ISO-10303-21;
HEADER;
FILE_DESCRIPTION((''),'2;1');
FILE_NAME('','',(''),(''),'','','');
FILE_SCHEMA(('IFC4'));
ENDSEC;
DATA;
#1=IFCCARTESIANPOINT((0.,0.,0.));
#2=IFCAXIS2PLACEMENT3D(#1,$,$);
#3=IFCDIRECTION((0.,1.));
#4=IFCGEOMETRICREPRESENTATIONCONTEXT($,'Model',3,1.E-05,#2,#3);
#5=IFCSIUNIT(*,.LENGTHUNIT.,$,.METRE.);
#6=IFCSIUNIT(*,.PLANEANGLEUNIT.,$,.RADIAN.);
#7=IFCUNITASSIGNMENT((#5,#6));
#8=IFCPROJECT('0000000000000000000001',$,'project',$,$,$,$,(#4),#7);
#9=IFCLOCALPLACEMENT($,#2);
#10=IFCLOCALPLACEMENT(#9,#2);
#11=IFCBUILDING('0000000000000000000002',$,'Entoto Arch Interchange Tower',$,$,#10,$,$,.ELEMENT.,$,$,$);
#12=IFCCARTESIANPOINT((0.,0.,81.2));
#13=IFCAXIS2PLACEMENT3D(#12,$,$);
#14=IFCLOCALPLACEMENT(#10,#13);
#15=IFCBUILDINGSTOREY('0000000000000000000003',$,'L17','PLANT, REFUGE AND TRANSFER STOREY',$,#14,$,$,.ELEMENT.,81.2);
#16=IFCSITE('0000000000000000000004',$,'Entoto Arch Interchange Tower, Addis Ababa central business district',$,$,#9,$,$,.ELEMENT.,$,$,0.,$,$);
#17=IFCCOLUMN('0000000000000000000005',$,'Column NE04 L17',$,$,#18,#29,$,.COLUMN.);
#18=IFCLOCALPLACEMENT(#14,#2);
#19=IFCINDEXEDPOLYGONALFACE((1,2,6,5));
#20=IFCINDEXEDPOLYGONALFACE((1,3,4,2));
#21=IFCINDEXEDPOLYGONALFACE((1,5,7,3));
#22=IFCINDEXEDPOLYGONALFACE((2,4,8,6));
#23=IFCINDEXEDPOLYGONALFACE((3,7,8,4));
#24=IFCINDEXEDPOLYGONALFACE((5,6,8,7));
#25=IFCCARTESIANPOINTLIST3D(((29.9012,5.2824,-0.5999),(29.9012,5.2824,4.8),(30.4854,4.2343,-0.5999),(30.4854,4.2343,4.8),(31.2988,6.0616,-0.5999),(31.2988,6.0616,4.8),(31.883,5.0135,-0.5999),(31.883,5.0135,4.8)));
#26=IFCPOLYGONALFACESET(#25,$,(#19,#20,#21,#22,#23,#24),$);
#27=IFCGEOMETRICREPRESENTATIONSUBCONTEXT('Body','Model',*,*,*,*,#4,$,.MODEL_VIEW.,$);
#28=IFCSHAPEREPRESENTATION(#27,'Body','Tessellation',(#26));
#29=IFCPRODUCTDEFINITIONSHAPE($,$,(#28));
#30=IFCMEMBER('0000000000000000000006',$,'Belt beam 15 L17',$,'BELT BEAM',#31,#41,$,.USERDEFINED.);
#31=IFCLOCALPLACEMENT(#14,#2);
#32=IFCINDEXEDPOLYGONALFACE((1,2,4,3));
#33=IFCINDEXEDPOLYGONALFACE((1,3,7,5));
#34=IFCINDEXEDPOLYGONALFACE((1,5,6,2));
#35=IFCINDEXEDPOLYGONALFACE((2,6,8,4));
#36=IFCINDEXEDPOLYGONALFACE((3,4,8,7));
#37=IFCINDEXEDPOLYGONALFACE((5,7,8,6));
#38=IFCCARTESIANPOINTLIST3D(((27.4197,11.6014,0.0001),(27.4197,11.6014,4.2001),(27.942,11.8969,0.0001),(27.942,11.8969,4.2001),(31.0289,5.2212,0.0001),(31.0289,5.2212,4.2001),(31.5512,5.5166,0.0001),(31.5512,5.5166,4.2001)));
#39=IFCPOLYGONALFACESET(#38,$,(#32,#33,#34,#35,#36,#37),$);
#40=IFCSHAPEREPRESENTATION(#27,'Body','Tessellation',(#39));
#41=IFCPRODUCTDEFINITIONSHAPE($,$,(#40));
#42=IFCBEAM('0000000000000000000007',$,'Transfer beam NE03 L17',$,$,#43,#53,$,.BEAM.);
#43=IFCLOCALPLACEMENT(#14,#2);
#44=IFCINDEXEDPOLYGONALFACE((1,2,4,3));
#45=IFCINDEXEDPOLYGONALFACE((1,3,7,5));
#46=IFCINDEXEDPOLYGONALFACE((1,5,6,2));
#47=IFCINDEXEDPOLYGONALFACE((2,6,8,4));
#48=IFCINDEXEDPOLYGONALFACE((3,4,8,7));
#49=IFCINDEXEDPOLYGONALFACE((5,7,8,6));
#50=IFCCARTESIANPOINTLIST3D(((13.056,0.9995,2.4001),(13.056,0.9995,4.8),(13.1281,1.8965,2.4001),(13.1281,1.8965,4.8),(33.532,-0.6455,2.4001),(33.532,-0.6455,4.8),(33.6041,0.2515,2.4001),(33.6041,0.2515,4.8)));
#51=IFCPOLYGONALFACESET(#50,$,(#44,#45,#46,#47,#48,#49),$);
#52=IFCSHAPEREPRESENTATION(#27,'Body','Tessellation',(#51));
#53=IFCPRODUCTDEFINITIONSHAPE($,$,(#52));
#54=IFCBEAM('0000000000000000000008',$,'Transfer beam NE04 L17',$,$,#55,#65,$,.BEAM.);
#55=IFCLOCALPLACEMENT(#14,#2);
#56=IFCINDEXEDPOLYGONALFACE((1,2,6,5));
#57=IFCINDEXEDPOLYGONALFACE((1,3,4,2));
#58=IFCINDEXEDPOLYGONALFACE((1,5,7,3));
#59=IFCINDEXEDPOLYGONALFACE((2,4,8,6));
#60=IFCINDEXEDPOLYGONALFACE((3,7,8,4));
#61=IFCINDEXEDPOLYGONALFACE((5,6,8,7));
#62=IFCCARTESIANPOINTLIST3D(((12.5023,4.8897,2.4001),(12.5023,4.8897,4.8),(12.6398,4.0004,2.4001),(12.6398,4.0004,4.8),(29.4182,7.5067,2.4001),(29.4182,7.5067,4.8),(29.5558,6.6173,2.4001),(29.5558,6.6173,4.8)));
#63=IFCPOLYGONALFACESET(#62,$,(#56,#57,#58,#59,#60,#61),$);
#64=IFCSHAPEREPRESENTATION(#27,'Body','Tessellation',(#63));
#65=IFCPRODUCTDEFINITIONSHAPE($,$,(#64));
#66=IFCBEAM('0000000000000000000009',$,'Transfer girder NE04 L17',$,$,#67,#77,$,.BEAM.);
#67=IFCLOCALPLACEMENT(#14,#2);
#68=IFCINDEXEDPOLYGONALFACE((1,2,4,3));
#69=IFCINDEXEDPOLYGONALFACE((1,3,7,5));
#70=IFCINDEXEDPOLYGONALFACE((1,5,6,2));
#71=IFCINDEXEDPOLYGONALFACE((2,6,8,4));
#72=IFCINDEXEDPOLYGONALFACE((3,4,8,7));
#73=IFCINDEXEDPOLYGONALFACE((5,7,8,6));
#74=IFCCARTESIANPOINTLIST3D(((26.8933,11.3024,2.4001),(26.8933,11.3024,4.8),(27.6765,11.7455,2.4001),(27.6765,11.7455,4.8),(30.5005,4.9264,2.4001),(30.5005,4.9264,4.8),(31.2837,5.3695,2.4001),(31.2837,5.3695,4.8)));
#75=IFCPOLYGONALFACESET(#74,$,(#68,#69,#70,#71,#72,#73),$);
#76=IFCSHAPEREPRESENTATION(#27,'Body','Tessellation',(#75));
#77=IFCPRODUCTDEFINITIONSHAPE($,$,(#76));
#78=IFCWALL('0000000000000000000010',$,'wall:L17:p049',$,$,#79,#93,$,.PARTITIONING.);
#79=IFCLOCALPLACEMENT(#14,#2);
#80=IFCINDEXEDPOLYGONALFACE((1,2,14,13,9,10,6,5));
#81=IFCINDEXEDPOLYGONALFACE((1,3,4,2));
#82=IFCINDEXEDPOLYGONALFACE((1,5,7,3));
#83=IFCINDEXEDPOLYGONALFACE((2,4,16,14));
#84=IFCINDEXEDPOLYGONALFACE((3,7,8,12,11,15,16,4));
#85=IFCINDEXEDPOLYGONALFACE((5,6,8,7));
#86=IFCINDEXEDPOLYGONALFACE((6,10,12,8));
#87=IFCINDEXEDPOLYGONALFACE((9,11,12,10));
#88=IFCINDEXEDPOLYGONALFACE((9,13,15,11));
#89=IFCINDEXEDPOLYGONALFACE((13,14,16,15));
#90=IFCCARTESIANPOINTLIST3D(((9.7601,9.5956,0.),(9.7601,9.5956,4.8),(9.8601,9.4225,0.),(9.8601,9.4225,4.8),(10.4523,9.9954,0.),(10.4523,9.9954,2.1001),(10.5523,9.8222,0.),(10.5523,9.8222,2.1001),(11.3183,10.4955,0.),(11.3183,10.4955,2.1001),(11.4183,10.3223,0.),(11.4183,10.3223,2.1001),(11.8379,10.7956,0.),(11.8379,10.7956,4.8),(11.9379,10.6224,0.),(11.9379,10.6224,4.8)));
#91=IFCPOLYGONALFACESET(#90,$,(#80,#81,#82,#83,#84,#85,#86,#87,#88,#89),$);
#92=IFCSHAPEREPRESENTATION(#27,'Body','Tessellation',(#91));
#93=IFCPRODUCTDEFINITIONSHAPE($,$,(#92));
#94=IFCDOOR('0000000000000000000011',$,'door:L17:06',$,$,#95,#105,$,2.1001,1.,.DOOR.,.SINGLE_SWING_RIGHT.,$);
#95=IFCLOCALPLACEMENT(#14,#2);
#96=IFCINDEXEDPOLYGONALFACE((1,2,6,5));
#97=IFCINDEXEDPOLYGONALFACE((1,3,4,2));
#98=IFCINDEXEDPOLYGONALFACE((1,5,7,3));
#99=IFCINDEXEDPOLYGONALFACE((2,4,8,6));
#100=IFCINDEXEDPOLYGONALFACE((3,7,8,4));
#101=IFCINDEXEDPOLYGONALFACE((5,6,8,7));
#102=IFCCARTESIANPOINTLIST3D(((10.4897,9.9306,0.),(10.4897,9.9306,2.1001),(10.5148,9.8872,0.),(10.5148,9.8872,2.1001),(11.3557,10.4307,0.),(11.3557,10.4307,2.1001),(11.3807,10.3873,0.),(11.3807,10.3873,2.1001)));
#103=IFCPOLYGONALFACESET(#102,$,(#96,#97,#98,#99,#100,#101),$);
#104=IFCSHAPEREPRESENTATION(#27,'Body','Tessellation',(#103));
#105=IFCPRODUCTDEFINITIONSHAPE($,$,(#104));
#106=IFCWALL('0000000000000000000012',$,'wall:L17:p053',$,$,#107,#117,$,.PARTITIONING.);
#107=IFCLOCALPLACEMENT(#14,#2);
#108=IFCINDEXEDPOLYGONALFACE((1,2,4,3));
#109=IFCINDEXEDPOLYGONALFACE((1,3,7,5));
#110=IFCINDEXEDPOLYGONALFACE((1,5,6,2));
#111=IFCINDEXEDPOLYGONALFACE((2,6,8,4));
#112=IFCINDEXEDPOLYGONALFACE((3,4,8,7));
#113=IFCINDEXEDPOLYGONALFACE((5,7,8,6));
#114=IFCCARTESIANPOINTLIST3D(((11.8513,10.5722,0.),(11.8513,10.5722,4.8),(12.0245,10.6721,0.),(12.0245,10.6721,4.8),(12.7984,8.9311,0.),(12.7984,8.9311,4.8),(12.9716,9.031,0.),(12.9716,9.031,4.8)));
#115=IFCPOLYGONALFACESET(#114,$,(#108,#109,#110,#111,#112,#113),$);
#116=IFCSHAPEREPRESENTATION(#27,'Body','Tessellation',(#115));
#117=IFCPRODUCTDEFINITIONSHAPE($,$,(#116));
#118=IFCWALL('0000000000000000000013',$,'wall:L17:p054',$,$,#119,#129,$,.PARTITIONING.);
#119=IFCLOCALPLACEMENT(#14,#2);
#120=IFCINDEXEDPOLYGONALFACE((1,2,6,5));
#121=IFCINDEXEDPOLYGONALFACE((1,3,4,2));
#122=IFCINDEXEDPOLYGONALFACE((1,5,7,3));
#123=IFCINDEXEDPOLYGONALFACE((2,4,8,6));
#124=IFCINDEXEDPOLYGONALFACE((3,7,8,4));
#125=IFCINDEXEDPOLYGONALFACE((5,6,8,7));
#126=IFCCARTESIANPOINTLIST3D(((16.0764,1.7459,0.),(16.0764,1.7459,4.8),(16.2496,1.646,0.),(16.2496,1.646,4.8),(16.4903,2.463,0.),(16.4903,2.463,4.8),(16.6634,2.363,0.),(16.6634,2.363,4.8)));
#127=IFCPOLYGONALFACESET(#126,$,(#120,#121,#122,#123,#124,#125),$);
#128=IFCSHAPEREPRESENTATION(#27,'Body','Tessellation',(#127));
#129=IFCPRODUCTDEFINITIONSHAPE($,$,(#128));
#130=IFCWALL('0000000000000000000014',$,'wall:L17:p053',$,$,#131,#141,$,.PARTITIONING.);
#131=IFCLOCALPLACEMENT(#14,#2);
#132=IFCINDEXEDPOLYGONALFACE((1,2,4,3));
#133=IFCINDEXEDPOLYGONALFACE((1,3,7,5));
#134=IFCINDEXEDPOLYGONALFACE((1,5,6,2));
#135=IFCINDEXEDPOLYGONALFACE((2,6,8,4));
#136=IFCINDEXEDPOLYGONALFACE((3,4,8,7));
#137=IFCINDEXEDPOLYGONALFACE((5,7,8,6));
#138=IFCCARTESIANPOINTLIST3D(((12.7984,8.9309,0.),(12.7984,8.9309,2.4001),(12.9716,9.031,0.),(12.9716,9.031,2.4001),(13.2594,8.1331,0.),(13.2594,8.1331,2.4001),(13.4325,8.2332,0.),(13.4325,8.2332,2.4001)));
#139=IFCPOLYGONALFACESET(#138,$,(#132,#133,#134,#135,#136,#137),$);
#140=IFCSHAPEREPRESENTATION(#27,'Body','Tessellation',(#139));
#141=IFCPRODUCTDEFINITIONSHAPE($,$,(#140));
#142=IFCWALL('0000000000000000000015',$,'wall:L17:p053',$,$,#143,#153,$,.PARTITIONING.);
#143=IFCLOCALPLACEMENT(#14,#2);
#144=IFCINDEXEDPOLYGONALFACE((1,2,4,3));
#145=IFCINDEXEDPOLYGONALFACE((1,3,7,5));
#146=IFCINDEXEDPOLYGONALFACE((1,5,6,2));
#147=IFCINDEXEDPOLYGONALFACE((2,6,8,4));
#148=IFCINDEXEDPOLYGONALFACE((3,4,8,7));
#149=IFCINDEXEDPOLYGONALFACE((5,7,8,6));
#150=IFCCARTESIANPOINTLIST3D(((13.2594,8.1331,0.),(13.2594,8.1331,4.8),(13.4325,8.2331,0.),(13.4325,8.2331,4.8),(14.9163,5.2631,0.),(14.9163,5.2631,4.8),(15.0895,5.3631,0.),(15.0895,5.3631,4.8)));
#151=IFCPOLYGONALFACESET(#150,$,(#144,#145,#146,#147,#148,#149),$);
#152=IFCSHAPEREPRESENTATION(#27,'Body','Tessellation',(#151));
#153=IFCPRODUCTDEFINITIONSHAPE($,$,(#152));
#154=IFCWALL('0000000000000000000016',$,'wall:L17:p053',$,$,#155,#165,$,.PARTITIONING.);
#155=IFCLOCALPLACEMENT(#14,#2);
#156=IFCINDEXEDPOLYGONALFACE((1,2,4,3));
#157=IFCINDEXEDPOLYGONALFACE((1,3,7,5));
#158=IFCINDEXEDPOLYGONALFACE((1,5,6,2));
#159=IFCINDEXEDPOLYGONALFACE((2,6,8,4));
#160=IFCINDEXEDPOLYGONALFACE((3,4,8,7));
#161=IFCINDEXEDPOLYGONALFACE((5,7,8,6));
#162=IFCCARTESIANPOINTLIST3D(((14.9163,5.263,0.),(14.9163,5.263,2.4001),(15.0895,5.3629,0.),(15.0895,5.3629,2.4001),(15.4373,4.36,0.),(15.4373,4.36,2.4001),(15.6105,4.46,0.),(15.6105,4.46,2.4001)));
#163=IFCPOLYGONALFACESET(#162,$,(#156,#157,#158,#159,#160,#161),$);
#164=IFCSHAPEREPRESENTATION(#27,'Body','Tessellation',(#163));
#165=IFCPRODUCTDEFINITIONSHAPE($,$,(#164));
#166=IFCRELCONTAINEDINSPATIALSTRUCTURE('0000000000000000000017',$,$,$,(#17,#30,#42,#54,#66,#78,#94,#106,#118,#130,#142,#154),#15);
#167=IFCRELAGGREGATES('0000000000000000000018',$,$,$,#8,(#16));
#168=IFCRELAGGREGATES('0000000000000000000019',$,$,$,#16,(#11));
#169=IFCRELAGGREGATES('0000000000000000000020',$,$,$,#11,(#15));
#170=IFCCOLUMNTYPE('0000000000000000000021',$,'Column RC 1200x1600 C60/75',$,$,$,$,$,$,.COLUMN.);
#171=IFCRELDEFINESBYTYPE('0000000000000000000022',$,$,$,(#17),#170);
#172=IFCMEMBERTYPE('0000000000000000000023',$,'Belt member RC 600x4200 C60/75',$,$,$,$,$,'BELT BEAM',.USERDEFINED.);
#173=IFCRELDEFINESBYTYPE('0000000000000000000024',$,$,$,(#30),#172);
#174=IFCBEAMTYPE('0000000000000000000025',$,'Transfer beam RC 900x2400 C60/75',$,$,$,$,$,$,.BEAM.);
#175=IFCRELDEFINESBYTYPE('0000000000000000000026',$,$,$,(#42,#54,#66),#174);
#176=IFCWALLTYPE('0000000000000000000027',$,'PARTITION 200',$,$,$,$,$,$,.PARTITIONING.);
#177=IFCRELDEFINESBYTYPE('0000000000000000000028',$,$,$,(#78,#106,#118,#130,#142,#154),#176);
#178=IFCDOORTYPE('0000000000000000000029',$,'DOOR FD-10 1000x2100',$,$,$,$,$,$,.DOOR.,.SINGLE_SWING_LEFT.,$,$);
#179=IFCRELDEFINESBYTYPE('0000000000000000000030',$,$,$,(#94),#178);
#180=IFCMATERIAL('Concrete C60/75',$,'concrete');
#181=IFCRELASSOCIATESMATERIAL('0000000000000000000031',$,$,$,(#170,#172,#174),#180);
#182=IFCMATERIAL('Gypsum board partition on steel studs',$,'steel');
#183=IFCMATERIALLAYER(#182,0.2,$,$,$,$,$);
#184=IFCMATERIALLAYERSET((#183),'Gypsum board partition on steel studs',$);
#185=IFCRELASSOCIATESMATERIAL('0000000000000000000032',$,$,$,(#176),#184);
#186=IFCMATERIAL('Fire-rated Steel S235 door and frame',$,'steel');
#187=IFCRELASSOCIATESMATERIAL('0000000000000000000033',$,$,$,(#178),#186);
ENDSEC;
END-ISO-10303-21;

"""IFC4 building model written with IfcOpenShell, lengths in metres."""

from ifc_helpers import new_model, si_unit, direction, frame, frame_2d, origin, origin_2d, place, context, subcontext, project, spatial, rectangle, extrude, material, layer, layer_set, material_profile, profile_set, type_object, element, fill, save


model = new_model("IFC4")

# Units and contexts
model_context = context("Model", 3, precision=1e-05, world=origin(), true_north=direction((0.0, 1.0)))
body_context = subcontext(model_context, "Body", "Model", "MODEL_VIEW")
ifc_project = project(units=[si_unit("LENGTHUNIT", "METRE"), si_unit("PLANEANGLEUNIT", "RADIAN")], contexts=[model_context])

# Site, building, storey
site_placement = place(None, origin())
site = spatial("IfcSite", under=ifc_project, at=site_placement, Name="Entoto Arch Interchange Tower, Addis Ababa central business district", CompositionType="ELEMENT", RefElevation=0.0)
building_placement = place(site_placement, origin())
building = spatial("IfcBuilding", under=site, at=building_placement, Name="Entoto Arch Interchange Tower", CompositionType="ELEMENT")
storey_placement = place(building_placement, frame((0.0, 0.0, 81.2)))
storey = spatial("IfcBuildingStorey", under=building, at=storey_placement, Name="L17", Description="PLANT, REFUGE AND TRANSFER STOREY", CompositionType="ELEMENT", Elevation=81.2)

# Column
ifc_material_1 = material(Name="Concrete C60/75", Category="concrete")
ifc_material_profile_1 = material_profile(ifc_material_1, rectangle(XDim=1.2, YDim=1.6001, at=origin_2d()))
ifc_profile_set_1 = profile_set([ifc_material_profile_1], Name="Concrete C60/75")
column_type = type_object("IfcColumnType", Name="Column RC 1200x1600 C60/75", PredefinedType="COLUMN", material=ifc_profile_set_1)
column_placement = place(storey_placement, frame((30.8921, 5.1479, -0.5999), z_axis=(0.0, 0.0, 1.0), x_axis=(-0.486915, 0.873449, 0.0)))
element("IfcColumn", 1, at=column_placement, inside=storey, type_object=column_type, Name="Column NE04 L17", PredefinedType="COLUMN", context=body_context, shape_type="SweptSolid", body=[
    extrude(rectangle(XDim=1.2, YDim=1.6001, at=origin_2d()), origin(), (0.0, 0.0, 1.0), 5.3999),
])

# Member
ifc_material_profile_2 = material_profile(ifc_material_1, rectangle(XDim=0.6001, YDim=4.2, at=origin_2d()))
ifc_profile_set_2 = profile_set([ifc_material_profile_2], Name="Concrete C60/75")
member_type = type_object("IfcMemberType", Name="Belt member RC 600x4200 C60/75", ElementType="BELT BEAM", PredefinedType="USERDEFINED", material=ifc_profile_set_2)
member_placement = place(storey_placement, frame((31.29, 5.3689, 2.1001), z_axis=(-0.492365, 0.870389, 0.0), x_axis=(-0.870389, -0.492365, 0.0)))
element("IfcMember", 2, at=member_placement, inside=storey, type_object=member_type, Name="Belt beam 15 L17", ObjectType="BELT BEAM", PredefinedType="USERDEFINED", context=body_context, shape_type="SweptSolid", body=[
    extrude(rectangle(XDim=0.6001, YDim=4.2, at=origin_2d()), origin(), (0.0, 0.0, 1.0), 7.3303),
])

# Beams
ifc_material_profile_3 = material_profile(ifc_material_1, rectangle(XDim=0.8999, YDim=2.3999, at=origin_2d()))
ifc_profile_set_3 = profile_set([ifc_material_profile_3], Name="Concrete C60/75")
beam_type = type_object("IfcBeamType", Name="Transfer beam RC 900x2400 C60/75", PredefinedType="BEAM", material=ifc_profile_set_3)
beam_1_placement = place(storey_placement, frame((13.092, 1.448, 3.6001), z_axis=(0.996788, -0.080081, 0.0), x_axis=(0.080081, 0.996788, 0.0)))
element("IfcBeam", 3, at=beam_1_placement, inside=storey, type_object=beam_type, Name="Transfer beam NE03 L17", PredefinedType="BEAM", context=body_context, shape_type="SweptSolid", body=[
    extrude(rectangle(XDim=0.8999, YDim=2.3999, at=origin_2d()), origin(), (0.0, 0.0, 1.0), 20.542),
])
beam_2_placement = place(storey_placement, frame((12.571, 4.4451, 3.6001), z_axis=(0.988244, 0.152883, 0.0), x_axis=(-0.152883, 0.988244, 0.0)))
element("IfcBeam", 4, at=beam_2_placement, inside=storey, type_object=beam_type, Name="Transfer beam NE04 L17", PredefinedType="BEAM", context=body_context, shape_type="SweptSolid", body=[
    extrude(rectangle(XDim=0.8999, YDim=2.3999, at=origin_2d()), origin(), (0.0, 0.0, 1.0), 17.1172),
])
beam_3_placement = place(storey_placement, frame((30.8921, 5.1479, 3.6001), z_axis=(-0.492405, 0.870366, 0.0), x_axis=(-0.870366, -0.492405, 0.0)))
element("IfcBeam", 5, at=beam_3_placement, inside=storey, type_object=beam_type, Name="Transfer girder NE04 L17", PredefinedType="BEAM", context=body_context, shape_type="SweptSolid", body=[
    extrude(rectangle(XDim=0.8999, YDim=2.3999, at=origin_2d()), origin(), (0.0, 0.0, 1.0), 7.3257),
])

# Wall, opening, door
ifc_material_2 = material(Name="Gypsum board partition on steel studs", Category="steel")
ifc_layer_1 = layer(ifc_material_2, 0.2)
ifc_layer_set_1 = layer_set([ifc_layer_1], Name="Gypsum board partition on steel studs")
wall_type_1 = type_object("IfcWallType", Name="PARTITION 200", PredefinedType="PARTITIONING", material=ifc_layer_set_1)
wall_1_placement = place(storey_placement, frame((11.8879, 10.709, 0.0), z_axis=(0.0, 0.0, 1.0), x_axis=(-0.865974, -0.500089, 0.0)))
wall_1 = element("IfcWall", 6, at=wall_1_placement, inside=storey, type_object=wall_type_1, Name="wall:L17:p049", PredefinedType="PARTITIONING", context=body_context, shape_type="SweptSolid", body=[
    extrude(rectangle(XDim=2.3994, YDim=0.2, at=frame_2d((1.1997, 0.0))), origin(), (0.0, 0.0, 1.0), 4.8),
])
opening_1_placement = place(wall_1_placement, frame((0.6001, 0.0, 0.0)))
opening_1 = element("IfcOpeningElement", 7, at=opening_1_placement, cuts=wall_1, PredefinedType="OPENING", context=body_context, shape_type="SweptSolid", body=[
    extrude(rectangle(XDim=1.0, YDim=2.1001, at=frame_2d((0.5, 1.05))), frame((0.0, 0.1099, 0.0), z_axis=(0.0, -1.0, 0.0), x_axis=(1.0, 0.0, 0.0)), (0.0, 0.0, 1.0), 0.22),
])
ifc_material_3 = material(Name="Fire-rated Steel S235 door and frame", Category="steel")
door_type = type_object("IfcDoorType", Name="DOOR FD-10 1000x2100", OperationType="SINGLE_SWING_LEFT", PredefinedType="DOOR", material=ifc_material_3)
door_1_placement = place(opening_1_placement, origin())
door_1 = element("IfcDoor", 8, at=door_1_placement, inside=storey, type_object=door_type, Name="door:L17:06", OperationType="SINGLE_SWING_RIGHT", OverallHeight=2.1001, OverallWidth=1.0, PredefinedType="DOOR", context=body_context, shape_type="SweptSolid", body=[
    extrude(rectangle(XDim=1.0, YDim=2.1001, at=frame_2d((0.5, 1.05))), frame((0.0, 0.0249, 0.0), z_axis=(0.0, -1.0, 0.0), x_axis=(1.0, 0.0, 0.0)), (0.0, 0.0, 1.0), 0.05),
])
fill(opening_1, door_1)

# Walls
wall_2_placement = place(storey_placement, frame((11.938, 10.6221, 0.0), z_axis=(0.0, 0.0, 1.0), x_axis=(0.499812, -0.866134, 0.0)))
element("IfcWall", 9, at=wall_2_placement, inside=storey, type_object=wall_type_1, Name="wall:L17:p053", PredefinedType="PARTITIONING", context=body_context, shape_type="SweptSolid", body=[
    extrude(rectangle(XDim=1.8948, YDim=0.2, at=frame_2d((0.9473, 0.0))), origin(), (0.0, 0.0, 1.0), 4.8),
])
wall_3_placement = place(storey_placement, frame((16.5769, 2.4131, 0.0), z_axis=(0.0, 0.0, 1.0), x_axis=(-0.49985, -0.866112, 0.0)))
element("IfcWall", 10, at=wall_3_placement, inside=storey, type_object=wall_type_1, Name="wall:L17:p054", PredefinedType="PARTITIONING", context=body_context, shape_type="SweptSolid", body=[
    extrude(rectangle(XDim=0.8279, YDim=0.2, at=frame_2d((0.4141, 0.0))), origin(), (0.0, 0.0, 1.0), 4.8),
])
wall_4_placement = place(storey_placement, frame((12.885, 8.981, 0.0), z_axis=(0.0, 0.0, 1.0), x_axis=(0.500242, -0.865885, 0.0)))
element("IfcWall", 11, at=wall_4_placement, inside=storey, type_object=wall_type_1, Name="wall:L17:p053", PredefinedType="PARTITIONING", context=body_context, shape_type="SweptSolid", body=[
    extrude(rectangle(XDim=0.9214, YDim=0.2, at=frame_2d((0.4607, 0.0))), origin(), (0.0, 0.0, 1.0), 2.4001),
])
wall_5_placement = place(storey_placement, frame((13.3459, 8.1831, 0.0), z_axis=(0.0, 0.0, 1.0), x_axis=(0.499982, -0.866036, 0.0)))
element("IfcWall", 12, at=wall_5_placement, inside=storey, type_object=wall_type_1, Name="wall:L17:p053", PredefinedType="PARTITIONING", context=body_context, shape_type="SweptSolid", body=[
    extrude(rectangle(XDim=3.314, YDim=0.2, at=frame_2d((1.657, 0.0))), origin(), (0.0, 0.0, 1.0), 4.8),
])
wall_6_placement = place(storey_placement, frame((15.0029, 5.313, 0.0), z_axis=(0.0, 0.0, 1.0), x_axis=(0.499716, -0.866189, 0.0)))
element("IfcWall", 13, at=wall_6_placement, inside=storey, type_object=wall_type_1, Name="wall:L17:p053", PredefinedType="PARTITIONING", context=body_context, shape_type="SweptSolid", body=[
    extrude(rectangle(XDim=1.0425, YDim=0.2, at=frame_2d((0.5212, 0.0))), origin(), (0.0, 0.0, 1.0), 2.4001),
])

save(model, "model.ifc")
